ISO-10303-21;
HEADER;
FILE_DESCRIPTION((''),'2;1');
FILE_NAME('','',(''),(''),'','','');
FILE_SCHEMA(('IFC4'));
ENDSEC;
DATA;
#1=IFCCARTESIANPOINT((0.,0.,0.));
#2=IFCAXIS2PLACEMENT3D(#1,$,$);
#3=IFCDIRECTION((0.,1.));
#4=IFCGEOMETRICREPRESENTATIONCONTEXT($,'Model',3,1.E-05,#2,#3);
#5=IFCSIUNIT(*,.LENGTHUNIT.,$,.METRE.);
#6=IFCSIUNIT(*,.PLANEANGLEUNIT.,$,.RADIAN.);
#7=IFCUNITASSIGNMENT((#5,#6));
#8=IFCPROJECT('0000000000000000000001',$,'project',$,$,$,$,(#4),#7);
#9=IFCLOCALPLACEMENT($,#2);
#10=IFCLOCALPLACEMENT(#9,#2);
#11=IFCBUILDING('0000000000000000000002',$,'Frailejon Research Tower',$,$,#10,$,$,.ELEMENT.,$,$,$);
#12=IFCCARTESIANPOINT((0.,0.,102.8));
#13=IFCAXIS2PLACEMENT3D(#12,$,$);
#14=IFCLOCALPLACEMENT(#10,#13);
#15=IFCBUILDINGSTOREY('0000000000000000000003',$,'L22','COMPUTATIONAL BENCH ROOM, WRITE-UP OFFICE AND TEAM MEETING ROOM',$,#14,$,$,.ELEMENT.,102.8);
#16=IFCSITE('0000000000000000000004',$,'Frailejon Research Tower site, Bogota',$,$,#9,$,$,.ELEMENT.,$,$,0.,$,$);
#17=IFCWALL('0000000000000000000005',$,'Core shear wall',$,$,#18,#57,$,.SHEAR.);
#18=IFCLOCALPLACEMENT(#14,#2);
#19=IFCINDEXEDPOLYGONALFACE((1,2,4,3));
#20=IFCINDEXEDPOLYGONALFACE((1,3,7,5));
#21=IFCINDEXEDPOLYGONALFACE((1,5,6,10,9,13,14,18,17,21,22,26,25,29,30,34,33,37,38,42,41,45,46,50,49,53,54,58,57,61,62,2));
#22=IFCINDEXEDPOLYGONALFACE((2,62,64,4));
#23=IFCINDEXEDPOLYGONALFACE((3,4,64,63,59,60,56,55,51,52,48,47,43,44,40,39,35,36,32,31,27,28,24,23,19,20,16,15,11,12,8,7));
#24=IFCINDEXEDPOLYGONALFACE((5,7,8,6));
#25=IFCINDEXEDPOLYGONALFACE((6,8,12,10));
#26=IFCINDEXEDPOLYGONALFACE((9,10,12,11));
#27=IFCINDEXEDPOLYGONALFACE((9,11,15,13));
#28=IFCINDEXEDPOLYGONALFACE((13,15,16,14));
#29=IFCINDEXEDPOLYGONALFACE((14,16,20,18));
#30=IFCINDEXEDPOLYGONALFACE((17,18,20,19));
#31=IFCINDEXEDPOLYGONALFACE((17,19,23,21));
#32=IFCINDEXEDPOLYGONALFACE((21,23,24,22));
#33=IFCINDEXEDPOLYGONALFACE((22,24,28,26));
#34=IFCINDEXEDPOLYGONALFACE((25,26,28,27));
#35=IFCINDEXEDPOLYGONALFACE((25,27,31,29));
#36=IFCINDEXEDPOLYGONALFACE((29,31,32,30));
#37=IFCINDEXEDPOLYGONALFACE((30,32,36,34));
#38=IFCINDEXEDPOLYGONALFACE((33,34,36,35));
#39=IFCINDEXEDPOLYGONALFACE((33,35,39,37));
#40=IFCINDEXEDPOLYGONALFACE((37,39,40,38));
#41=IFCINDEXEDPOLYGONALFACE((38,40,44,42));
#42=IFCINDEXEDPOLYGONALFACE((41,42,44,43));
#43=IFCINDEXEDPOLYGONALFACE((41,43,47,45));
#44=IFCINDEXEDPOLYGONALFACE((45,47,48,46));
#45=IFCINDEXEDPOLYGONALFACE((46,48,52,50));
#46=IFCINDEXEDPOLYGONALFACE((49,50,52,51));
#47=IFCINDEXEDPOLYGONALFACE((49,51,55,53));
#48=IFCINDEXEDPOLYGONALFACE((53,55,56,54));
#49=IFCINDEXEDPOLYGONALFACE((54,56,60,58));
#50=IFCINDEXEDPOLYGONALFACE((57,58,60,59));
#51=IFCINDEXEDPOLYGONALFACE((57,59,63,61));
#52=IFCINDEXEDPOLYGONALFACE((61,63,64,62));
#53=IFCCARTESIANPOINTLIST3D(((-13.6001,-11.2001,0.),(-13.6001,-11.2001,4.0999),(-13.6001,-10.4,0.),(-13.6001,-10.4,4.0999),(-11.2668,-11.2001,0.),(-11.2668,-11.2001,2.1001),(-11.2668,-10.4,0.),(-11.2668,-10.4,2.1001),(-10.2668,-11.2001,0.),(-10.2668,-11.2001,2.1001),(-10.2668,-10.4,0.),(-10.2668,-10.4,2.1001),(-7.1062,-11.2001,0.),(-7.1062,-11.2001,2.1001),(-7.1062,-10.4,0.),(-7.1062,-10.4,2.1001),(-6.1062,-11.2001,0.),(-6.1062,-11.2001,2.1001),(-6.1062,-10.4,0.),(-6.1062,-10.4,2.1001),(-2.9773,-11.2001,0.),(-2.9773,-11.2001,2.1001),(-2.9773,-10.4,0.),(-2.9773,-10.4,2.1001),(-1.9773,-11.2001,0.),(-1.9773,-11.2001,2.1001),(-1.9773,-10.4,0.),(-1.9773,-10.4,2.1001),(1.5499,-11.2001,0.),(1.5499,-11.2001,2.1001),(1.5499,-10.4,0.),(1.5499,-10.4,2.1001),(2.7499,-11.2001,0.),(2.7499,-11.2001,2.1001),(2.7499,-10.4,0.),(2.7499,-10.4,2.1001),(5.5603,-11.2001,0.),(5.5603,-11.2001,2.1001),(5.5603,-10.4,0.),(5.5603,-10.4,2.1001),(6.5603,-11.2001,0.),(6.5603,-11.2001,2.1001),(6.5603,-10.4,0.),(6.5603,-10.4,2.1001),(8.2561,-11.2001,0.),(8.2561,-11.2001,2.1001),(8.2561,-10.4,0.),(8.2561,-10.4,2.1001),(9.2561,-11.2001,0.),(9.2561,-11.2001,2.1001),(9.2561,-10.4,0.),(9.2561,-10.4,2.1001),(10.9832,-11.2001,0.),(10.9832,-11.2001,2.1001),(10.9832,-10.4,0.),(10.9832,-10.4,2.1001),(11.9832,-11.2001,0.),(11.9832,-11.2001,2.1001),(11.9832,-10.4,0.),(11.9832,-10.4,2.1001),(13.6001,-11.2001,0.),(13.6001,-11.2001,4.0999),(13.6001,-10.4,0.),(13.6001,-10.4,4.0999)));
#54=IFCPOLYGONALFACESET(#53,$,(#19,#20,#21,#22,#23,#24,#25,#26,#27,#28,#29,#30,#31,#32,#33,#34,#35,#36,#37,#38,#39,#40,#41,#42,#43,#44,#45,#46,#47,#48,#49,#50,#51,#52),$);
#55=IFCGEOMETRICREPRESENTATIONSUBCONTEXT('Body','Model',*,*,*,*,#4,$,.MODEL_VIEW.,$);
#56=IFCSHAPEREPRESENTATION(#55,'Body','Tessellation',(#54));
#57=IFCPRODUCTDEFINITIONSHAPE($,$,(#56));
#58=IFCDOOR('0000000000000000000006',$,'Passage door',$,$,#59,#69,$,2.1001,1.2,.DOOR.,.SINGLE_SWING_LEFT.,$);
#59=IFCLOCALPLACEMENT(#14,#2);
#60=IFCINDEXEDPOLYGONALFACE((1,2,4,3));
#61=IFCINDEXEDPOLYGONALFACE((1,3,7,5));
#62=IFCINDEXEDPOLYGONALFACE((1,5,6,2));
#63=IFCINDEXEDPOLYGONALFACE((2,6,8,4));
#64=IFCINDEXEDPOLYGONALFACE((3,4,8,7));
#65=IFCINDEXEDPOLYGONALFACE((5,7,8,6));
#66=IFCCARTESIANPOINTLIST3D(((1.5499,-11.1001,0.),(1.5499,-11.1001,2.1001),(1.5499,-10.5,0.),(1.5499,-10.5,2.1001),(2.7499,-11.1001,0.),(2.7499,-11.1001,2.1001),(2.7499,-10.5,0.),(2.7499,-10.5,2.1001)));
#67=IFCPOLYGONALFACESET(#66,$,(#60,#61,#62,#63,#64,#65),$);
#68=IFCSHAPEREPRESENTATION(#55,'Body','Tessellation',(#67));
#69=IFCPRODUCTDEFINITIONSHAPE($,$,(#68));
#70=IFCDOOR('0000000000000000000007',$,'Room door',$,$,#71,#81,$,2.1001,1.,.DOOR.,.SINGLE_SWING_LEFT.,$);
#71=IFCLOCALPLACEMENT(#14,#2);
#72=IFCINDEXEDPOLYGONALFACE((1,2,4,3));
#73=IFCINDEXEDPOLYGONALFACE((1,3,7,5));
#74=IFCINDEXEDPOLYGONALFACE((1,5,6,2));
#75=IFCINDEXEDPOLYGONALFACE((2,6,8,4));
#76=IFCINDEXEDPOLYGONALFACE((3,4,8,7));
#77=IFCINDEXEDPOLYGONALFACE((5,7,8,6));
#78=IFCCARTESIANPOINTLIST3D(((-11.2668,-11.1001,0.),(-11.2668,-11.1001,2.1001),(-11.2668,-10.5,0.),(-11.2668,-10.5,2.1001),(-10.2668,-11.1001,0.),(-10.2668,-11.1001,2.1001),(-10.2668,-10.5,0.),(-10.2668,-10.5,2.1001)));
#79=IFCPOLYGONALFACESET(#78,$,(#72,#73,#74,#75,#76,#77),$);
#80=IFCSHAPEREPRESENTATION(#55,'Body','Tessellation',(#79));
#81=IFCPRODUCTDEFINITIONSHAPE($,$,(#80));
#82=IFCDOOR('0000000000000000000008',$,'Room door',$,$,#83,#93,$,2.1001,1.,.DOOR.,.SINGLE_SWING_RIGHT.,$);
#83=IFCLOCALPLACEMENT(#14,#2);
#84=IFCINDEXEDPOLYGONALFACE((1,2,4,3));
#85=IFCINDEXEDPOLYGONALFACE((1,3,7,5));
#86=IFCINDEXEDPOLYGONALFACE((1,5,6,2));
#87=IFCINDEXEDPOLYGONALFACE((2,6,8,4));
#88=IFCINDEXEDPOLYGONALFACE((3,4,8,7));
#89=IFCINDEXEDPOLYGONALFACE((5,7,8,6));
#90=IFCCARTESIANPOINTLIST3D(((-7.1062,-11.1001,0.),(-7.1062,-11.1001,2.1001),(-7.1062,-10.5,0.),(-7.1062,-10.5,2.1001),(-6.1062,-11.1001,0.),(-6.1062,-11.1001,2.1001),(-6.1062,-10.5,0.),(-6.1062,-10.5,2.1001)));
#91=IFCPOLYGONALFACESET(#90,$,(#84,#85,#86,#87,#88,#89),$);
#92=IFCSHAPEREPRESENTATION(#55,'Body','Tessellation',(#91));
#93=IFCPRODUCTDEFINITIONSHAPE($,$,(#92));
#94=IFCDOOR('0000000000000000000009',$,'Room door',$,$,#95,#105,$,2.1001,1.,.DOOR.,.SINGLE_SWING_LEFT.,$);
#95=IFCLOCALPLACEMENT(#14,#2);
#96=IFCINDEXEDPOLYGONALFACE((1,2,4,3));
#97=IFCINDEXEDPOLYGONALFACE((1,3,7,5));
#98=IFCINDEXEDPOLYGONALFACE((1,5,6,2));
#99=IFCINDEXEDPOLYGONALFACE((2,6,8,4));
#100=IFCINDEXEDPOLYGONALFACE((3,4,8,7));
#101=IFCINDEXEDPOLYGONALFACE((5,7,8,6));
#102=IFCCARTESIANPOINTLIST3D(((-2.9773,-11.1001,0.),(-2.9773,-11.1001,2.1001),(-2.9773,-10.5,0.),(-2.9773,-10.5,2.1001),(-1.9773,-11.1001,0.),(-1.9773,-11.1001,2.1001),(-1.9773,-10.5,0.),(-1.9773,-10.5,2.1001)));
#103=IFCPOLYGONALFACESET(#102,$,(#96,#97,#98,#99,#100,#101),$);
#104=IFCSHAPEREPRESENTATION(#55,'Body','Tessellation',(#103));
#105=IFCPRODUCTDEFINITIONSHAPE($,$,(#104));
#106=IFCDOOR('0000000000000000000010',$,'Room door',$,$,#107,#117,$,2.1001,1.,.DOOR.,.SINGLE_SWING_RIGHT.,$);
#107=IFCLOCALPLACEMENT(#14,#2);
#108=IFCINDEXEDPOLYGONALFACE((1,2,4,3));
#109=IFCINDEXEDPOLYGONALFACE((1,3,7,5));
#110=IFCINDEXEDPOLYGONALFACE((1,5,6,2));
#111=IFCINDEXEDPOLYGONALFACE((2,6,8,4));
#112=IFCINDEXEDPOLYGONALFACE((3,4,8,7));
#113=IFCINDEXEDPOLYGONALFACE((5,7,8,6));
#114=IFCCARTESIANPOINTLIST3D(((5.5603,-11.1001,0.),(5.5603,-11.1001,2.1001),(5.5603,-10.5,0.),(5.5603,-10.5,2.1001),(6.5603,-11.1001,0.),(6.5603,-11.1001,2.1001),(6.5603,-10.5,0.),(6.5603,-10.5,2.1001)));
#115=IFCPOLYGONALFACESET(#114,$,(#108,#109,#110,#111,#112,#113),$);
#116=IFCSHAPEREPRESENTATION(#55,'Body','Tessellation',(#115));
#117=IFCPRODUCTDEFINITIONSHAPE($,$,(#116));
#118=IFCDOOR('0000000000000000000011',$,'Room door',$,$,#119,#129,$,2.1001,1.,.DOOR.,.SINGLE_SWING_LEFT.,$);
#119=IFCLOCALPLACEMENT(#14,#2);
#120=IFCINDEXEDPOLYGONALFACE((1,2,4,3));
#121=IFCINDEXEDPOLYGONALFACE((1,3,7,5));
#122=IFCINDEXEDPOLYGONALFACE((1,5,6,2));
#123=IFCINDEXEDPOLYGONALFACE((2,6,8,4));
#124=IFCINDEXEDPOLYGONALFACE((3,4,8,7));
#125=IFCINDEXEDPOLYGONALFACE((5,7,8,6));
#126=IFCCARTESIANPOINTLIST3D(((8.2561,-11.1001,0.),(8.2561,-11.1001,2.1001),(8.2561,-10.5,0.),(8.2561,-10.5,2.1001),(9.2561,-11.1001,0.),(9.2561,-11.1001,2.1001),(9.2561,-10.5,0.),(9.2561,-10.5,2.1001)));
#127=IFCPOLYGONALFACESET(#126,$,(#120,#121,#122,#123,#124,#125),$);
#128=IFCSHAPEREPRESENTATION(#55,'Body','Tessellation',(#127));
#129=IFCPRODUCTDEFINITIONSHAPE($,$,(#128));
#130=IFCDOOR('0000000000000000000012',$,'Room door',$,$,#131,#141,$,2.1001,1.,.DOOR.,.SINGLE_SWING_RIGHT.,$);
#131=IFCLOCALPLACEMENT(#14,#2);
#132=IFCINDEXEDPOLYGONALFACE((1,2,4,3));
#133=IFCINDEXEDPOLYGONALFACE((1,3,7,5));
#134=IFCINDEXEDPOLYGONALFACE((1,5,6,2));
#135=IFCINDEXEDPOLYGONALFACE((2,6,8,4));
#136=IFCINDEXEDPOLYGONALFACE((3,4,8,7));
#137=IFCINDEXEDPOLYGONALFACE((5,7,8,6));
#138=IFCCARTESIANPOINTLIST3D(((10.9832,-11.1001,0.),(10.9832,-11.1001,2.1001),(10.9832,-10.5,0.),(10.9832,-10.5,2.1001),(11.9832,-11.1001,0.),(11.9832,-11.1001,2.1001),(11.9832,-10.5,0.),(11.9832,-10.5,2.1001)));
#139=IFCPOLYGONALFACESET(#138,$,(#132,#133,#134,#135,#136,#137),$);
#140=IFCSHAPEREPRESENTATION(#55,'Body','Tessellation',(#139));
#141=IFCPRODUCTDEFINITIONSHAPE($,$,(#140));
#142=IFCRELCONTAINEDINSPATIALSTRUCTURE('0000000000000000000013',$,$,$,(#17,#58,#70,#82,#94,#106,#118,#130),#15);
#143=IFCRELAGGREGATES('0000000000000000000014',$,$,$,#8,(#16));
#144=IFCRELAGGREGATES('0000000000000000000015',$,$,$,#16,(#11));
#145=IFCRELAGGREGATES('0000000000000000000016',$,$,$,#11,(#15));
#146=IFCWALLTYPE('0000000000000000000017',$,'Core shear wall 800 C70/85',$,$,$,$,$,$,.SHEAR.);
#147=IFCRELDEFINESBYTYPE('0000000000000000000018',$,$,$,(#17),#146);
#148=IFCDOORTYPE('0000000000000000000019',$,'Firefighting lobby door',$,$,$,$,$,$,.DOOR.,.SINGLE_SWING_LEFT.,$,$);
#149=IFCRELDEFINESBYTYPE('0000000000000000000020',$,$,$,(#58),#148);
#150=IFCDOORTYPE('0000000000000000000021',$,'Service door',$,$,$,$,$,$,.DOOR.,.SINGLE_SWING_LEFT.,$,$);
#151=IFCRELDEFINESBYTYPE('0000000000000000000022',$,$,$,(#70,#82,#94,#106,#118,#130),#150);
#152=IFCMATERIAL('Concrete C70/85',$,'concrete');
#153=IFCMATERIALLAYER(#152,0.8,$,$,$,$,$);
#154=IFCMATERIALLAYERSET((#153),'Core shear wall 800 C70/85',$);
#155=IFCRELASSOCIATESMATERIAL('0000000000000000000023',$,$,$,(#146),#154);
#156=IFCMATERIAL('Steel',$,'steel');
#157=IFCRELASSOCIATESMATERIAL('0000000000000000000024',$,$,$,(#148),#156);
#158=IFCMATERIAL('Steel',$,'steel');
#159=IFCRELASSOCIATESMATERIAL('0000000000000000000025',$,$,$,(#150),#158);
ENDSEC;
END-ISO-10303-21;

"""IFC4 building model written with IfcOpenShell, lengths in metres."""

from ifc_helpers import new_model, si_unit, direction, frame, frame_2d, origin, place, context, subcontext, project, spatial, rectangle, extrude, material, layer, layer_set, type_object, element, fill, save


model = new_model("IFC4")

# Units and contexts
model_context = context("Model", 3, precision=1e-05, world=origin(), true_north=direction((0.0, 1.0)))
body_context = subcontext(model_context, "Body", "Model", "MODEL_VIEW")
ifc_project = project(units=[si_unit("LENGTHUNIT", "METRE"), si_unit("PLANEANGLEUNIT", "RADIAN")], contexts=[model_context])

# Site, building, storey
site_placement = place(None, origin())
site = spatial("IfcSite", under=ifc_project, at=site_placement, Name="Frailejon Research Tower site, Bogota", CompositionType="ELEMENT", RefElevation=0.0)
building_placement = place(site_placement, origin())
building = spatial("IfcBuilding", under=site, at=building_placement, Name="Frailejon Research Tower", CompositionType="ELEMENT")
storey_placement = place(building_placement, frame((0.0, 0.0, 102.8)))
storey = spatial("IfcBuildingStorey", under=building, at=storey_placement, Name="L22", Description="COMPUTATIONAL BENCH ROOM, WRITE-UP OFFICE AND TEAM MEETING ROOM", CompositionType="ELEMENT", Elevation=102.8)

# Wall, openings, doors
ifc_material_1 = material(Name="Concrete C70/85", Category="concrete")
ifc_layer_1 = layer(ifc_material_1, 0.8)
ifc_layer_set_1 = layer_set([ifc_layer_1], Name="Core shear wall 800 C70/85")
wall_type_1 = type_object("IfcWallType", Name="Core shear wall 800 C70/85", PredefinedType="SHEAR", material=ifc_layer_set_1)
wall_1_placement = place(storey_placement, frame((-13.6001, -10.8, 0.0), z_axis=(0.0, 0.0, 1.0), x_axis=(1.0, 0.0, 0.0)))
wall_1 = element("IfcWall", 1, at=wall_1_placement, inside=storey, type_object=wall_type_1, Name="Core shear wall", PredefinedType="SHEAR", context=body_context, shape_type="SweptSolid", body=[
    extrude(rectangle(XDim=27.2002, YDim=0.8, at=frame_2d((13.6001, 0.0))), origin(), (0.0, 0.0, 1.0), 4.0999),
])
opening_1_placement = place(wall_1_placement, frame((2.3333, 0.0, 0.0)))
opening_1 = element("IfcOpeningElement", 2, at=opening_1_placement, cuts=wall_1, PredefinedType="OPENING", context=body_context, shape_type="SweptSolid", body=[
    extrude(rectangle(XDim=1.0, YDim=2.1001, at=frame_2d((0.5, 1.05))), frame((0.0, 0.4099, 0.0), z_axis=(0.0, -1.0, 0.0), x_axis=(1.0, 0.0, 0.0)), (0.0, 0.0, 1.0), 0.8201),
])
opening_2_placement = place(wall_1_placement, frame((6.4939, 0.0, 0.0)))
opening_2 = element("IfcOpeningElement", 3, at=opening_2_placement, cuts=wall_1, PredefinedType="OPENING", context=body_context, shape_type="SweptSolid", body=[
    extrude(rectangle(XDim=1.0, YDim=2.1001, at=frame_2d((0.5, 1.05))), frame((0.0, 0.4099, 0.0), z_axis=(0.0, -1.0, 0.0), x_axis=(1.0, 0.0, 0.0)), (0.0, 0.0, 1.0), 0.8201),
])
opening_3_placement = place(wall_1_placement, frame((10.6228, 0.0, 0.0)))
opening_3 = element("IfcOpeningElement", 4, at=opening_3_placement, cuts=wall_1, PredefinedType="OPENING", context=body_context, shape_type="SweptSolid", body=[
    extrude(rectangle(XDim=1.0, YDim=2.1001, at=frame_2d((0.5, 1.05))), frame((0.0, 0.4099, 0.0), z_axis=(0.0, -1.0, 0.0), x_axis=(1.0, 0.0, 0.0)), (0.0, 0.0, 1.0), 0.8201),
])
opening_4_placement = place(wall_1_placement, frame((19.1604, 0.0, 0.0)))
opening_4 = element("IfcOpeningElement", 5, at=opening_4_placement, cuts=wall_1, PredefinedType="OPENING", context=body_context, shape_type="SweptSolid", body=[
    extrude(rectangle(XDim=1.0, YDim=2.1001, at=frame_2d((0.5, 1.05))), frame((0.0, 0.4099, 0.0), z_axis=(0.0, -1.0, 0.0), x_axis=(1.0, 0.0, 0.0)), (0.0, 0.0, 1.0), 0.8201),
])
opening_5_placement = place(wall_1_placement, frame((21.8562, 0.0, 0.0)))
opening_5 = element("IfcOpeningElement", 6, at=opening_5_placement, cuts=wall_1, PredefinedType="OPENING", context=body_context, shape_type="SweptSolid", body=[
    extrude(rectangle(XDim=1.0, YDim=2.1001, at=frame_2d((0.5, 1.05))), frame((0.0, 0.4099, 0.0), z_axis=(0.0, -1.0, 0.0), x_axis=(1.0, 0.0, 0.0)), (0.0, 0.0, 1.0), 0.8201),
])
opening_6_placement = place(wall_1_placement, frame((24.5833, 0.0, 0.0)))
opening_6 = element("IfcOpeningElement", 7, at=opening_6_placement, cuts=wall_1, PredefinedType="OPENING", context=body_context, shape_type="SweptSolid", body=[
    extrude(rectangle(XDim=1.0, YDim=2.1001, at=frame_2d((0.5, 1.05))), frame((0.0, 0.4099, 0.0), z_axis=(0.0, -1.0, 0.0), x_axis=(1.0, 0.0, 0.0)), (0.0, 0.0, 1.0), 0.8201),
])
opening_7_placement = place(wall_1_placement, frame((15.1499, 0.0, 0.0)))
opening_7 = element("IfcOpeningElement", 8, at=opening_7_placement, cuts=wall_1, PredefinedType="OPENING", context=body_context, shape_type="SweptSolid", body=[
    extrude(rectangle(XDim=1.2, YDim=2.1001, at=frame_2d((0.6001, 1.05))), frame((0.0, 0.4099, 0.0), z_axis=(0.0, -1.0, 0.0), x_axis=(1.0, 0.0, 0.0)), (0.0, 0.0, 1.0), 0.8201),
])
ifc_material_2 = material(Name="Steel", Category="steel")
door_type_1 = type_object("IfcDoorType", Name="Firefighting lobby door", OperationType="SINGLE_SWING_LEFT", PredefinedType="DOOR", material=ifc_material_2)
door_1_placement = place(opening_7_placement, origin())
door_1 = element("IfcDoor", 9, at=door_1_placement, inside=storey, type_object=door_type_1, Name="Passage door", OperationType="SINGLE_SWING_LEFT", OverallHeight=2.1001, OverallWidth=1.2, PredefinedType="DOOR", context=body_context, shape_type="SweptSolid", body=[
    extrude(rectangle(XDim=1.2, YDim=2.1001, at=frame_2d((0.6001, 1.05))), frame((0.0, 0.3, 0.0), z_axis=(0.0, -1.0, 0.0), x_axis=(1.0, 0.0, 0.0)), (0.0, 0.0, 1.0), 0.6001),
])
fill(opening_7, door_1)
ifc_material_3 = material(Name="Steel", Category="steel")
door_type_2 = type_object("IfcDoorType", Name="Service door", OperationType="SINGLE_SWING_LEFT", PredefinedType="DOOR", material=ifc_material_3)
door_2_placement = place(opening_1_placement, origin())
door_2 = element("IfcDoor", 10, at=door_2_placement, inside=storey, type_object=door_type_2, Name="Room door", OperationType="SINGLE_SWING_LEFT", OverallHeight=2.1001, OverallWidth=1.0, PredefinedType="DOOR", context=body_context, shape_type="SweptSolid", body=[
    extrude(rectangle(XDim=1.0, YDim=2.1001, at=frame_2d((0.5, 1.05))), frame((0.0, 0.3, 0.0), z_axis=(0.0, -1.0, 0.0), x_axis=(1.0, 0.0, 0.0)), (0.0, 0.0, 1.0), 0.6001),
])
fill(opening_1, door_2)
door_3_placement = place(opening_2_placement, origin())
door_3 = element("IfcDoor", 11, at=door_3_placement, inside=storey, type_object=door_type_2, Name="Room door", OperationType="SINGLE_SWING_RIGHT", OverallHeight=2.1001, OverallWidth=1.0, PredefinedType="DOOR", context=body_context, shape_type="SweptSolid", body=[
    extrude(rectangle(XDim=1.0, YDim=2.1001, at=frame_2d((0.5, 1.05))), frame((0.0, 0.3, 0.0), z_axis=(0.0, -1.0, 0.0), x_axis=(1.0, 0.0, 0.0)), (0.0, 0.0, 1.0), 0.6001),
])
fill(opening_2, door_3)
door_4_placement = place(opening_3_placement, origin())
door_4 = element("IfcDoor", 12, at=door_4_placement, inside=storey, type_object=door_type_2, Name="Room door", OperationType="SINGLE_SWING_LEFT", OverallHeight=2.1001, OverallWidth=1.0, PredefinedType="DOOR", context=body_context, shape_type="SweptSolid", body=[
    extrude(rectangle(XDim=1.0, YDim=2.1001, at=frame_2d((0.5, 1.05))), frame((0.0, 0.3, 0.0), z_axis=(0.0, -1.0, 0.0), x_axis=(1.0, 0.0, 0.0)), (0.0, 0.0, 1.0), 0.6001),
])
fill(opening_3, door_4)
door_5_placement = place(opening_4_placement, origin())
door_5 = element("IfcDoor", 13, at=door_5_placement, inside=storey, type_object=door_type_2, Name="Room door", OperationType="SINGLE_SWING_RIGHT", OverallHeight=2.1001, OverallWidth=1.0, PredefinedType="DOOR", context=body_context, shape_type="SweptSolid", body=[
    extrude(rectangle(XDim=1.0, YDim=2.1001, at=frame_2d((0.5, 1.05))), frame((0.0, 0.3, 0.0), z_axis=(0.0, -1.0, 0.0), x_axis=(1.0, 0.0, 0.0)), (0.0, 0.0, 1.0), 0.6001),
])
fill(opening_4, door_5)
door_6_placement = place(opening_5_placement, origin())
door_6 = element("IfcDoor", 14, at=door_6_placement, inside=storey, type_object=door_type_2, Name="Room door", OperationType="SINGLE_SWING_LEFT", OverallHeight=2.1001, OverallWidth=1.0, PredefinedType="DOOR", context=body_context, shape_type="SweptSolid", body=[
    extrude(rectangle(XDim=1.0, YDim=2.1001, at=frame_2d((0.5, 1.05))), frame((0.0, 0.3, 0.0), z_axis=(0.0, -1.0, 0.0), x_axis=(1.0, 0.0, 0.0)), (0.0, 0.0, 1.0), 0.6001),
])
fill(opening_5, door_6)
door_7_placement = place(opening_6_placement, origin())
door_7 = element("IfcDoor", 15, at=door_7_placement, inside=storey, type_object=door_type_2, Name="Room door", OperationType="SINGLE_SWING_RIGHT", OverallHeight=2.1001, OverallWidth=1.0, PredefinedType="DOOR", context=body_context, shape_type="SweptSolid", body=[
    extrude(rectangle(XDim=1.0, YDim=2.1001, at=frame_2d((0.5, 1.05))), frame((0.0, 0.3, 0.0), z_axis=(0.0, -1.0, 0.0), x_axis=(1.0, 0.0, 0.0)), (0.0, 0.0, 1.0), 0.6001),
])
fill(opening_6, door_7)

save(model, "model.ifc")
